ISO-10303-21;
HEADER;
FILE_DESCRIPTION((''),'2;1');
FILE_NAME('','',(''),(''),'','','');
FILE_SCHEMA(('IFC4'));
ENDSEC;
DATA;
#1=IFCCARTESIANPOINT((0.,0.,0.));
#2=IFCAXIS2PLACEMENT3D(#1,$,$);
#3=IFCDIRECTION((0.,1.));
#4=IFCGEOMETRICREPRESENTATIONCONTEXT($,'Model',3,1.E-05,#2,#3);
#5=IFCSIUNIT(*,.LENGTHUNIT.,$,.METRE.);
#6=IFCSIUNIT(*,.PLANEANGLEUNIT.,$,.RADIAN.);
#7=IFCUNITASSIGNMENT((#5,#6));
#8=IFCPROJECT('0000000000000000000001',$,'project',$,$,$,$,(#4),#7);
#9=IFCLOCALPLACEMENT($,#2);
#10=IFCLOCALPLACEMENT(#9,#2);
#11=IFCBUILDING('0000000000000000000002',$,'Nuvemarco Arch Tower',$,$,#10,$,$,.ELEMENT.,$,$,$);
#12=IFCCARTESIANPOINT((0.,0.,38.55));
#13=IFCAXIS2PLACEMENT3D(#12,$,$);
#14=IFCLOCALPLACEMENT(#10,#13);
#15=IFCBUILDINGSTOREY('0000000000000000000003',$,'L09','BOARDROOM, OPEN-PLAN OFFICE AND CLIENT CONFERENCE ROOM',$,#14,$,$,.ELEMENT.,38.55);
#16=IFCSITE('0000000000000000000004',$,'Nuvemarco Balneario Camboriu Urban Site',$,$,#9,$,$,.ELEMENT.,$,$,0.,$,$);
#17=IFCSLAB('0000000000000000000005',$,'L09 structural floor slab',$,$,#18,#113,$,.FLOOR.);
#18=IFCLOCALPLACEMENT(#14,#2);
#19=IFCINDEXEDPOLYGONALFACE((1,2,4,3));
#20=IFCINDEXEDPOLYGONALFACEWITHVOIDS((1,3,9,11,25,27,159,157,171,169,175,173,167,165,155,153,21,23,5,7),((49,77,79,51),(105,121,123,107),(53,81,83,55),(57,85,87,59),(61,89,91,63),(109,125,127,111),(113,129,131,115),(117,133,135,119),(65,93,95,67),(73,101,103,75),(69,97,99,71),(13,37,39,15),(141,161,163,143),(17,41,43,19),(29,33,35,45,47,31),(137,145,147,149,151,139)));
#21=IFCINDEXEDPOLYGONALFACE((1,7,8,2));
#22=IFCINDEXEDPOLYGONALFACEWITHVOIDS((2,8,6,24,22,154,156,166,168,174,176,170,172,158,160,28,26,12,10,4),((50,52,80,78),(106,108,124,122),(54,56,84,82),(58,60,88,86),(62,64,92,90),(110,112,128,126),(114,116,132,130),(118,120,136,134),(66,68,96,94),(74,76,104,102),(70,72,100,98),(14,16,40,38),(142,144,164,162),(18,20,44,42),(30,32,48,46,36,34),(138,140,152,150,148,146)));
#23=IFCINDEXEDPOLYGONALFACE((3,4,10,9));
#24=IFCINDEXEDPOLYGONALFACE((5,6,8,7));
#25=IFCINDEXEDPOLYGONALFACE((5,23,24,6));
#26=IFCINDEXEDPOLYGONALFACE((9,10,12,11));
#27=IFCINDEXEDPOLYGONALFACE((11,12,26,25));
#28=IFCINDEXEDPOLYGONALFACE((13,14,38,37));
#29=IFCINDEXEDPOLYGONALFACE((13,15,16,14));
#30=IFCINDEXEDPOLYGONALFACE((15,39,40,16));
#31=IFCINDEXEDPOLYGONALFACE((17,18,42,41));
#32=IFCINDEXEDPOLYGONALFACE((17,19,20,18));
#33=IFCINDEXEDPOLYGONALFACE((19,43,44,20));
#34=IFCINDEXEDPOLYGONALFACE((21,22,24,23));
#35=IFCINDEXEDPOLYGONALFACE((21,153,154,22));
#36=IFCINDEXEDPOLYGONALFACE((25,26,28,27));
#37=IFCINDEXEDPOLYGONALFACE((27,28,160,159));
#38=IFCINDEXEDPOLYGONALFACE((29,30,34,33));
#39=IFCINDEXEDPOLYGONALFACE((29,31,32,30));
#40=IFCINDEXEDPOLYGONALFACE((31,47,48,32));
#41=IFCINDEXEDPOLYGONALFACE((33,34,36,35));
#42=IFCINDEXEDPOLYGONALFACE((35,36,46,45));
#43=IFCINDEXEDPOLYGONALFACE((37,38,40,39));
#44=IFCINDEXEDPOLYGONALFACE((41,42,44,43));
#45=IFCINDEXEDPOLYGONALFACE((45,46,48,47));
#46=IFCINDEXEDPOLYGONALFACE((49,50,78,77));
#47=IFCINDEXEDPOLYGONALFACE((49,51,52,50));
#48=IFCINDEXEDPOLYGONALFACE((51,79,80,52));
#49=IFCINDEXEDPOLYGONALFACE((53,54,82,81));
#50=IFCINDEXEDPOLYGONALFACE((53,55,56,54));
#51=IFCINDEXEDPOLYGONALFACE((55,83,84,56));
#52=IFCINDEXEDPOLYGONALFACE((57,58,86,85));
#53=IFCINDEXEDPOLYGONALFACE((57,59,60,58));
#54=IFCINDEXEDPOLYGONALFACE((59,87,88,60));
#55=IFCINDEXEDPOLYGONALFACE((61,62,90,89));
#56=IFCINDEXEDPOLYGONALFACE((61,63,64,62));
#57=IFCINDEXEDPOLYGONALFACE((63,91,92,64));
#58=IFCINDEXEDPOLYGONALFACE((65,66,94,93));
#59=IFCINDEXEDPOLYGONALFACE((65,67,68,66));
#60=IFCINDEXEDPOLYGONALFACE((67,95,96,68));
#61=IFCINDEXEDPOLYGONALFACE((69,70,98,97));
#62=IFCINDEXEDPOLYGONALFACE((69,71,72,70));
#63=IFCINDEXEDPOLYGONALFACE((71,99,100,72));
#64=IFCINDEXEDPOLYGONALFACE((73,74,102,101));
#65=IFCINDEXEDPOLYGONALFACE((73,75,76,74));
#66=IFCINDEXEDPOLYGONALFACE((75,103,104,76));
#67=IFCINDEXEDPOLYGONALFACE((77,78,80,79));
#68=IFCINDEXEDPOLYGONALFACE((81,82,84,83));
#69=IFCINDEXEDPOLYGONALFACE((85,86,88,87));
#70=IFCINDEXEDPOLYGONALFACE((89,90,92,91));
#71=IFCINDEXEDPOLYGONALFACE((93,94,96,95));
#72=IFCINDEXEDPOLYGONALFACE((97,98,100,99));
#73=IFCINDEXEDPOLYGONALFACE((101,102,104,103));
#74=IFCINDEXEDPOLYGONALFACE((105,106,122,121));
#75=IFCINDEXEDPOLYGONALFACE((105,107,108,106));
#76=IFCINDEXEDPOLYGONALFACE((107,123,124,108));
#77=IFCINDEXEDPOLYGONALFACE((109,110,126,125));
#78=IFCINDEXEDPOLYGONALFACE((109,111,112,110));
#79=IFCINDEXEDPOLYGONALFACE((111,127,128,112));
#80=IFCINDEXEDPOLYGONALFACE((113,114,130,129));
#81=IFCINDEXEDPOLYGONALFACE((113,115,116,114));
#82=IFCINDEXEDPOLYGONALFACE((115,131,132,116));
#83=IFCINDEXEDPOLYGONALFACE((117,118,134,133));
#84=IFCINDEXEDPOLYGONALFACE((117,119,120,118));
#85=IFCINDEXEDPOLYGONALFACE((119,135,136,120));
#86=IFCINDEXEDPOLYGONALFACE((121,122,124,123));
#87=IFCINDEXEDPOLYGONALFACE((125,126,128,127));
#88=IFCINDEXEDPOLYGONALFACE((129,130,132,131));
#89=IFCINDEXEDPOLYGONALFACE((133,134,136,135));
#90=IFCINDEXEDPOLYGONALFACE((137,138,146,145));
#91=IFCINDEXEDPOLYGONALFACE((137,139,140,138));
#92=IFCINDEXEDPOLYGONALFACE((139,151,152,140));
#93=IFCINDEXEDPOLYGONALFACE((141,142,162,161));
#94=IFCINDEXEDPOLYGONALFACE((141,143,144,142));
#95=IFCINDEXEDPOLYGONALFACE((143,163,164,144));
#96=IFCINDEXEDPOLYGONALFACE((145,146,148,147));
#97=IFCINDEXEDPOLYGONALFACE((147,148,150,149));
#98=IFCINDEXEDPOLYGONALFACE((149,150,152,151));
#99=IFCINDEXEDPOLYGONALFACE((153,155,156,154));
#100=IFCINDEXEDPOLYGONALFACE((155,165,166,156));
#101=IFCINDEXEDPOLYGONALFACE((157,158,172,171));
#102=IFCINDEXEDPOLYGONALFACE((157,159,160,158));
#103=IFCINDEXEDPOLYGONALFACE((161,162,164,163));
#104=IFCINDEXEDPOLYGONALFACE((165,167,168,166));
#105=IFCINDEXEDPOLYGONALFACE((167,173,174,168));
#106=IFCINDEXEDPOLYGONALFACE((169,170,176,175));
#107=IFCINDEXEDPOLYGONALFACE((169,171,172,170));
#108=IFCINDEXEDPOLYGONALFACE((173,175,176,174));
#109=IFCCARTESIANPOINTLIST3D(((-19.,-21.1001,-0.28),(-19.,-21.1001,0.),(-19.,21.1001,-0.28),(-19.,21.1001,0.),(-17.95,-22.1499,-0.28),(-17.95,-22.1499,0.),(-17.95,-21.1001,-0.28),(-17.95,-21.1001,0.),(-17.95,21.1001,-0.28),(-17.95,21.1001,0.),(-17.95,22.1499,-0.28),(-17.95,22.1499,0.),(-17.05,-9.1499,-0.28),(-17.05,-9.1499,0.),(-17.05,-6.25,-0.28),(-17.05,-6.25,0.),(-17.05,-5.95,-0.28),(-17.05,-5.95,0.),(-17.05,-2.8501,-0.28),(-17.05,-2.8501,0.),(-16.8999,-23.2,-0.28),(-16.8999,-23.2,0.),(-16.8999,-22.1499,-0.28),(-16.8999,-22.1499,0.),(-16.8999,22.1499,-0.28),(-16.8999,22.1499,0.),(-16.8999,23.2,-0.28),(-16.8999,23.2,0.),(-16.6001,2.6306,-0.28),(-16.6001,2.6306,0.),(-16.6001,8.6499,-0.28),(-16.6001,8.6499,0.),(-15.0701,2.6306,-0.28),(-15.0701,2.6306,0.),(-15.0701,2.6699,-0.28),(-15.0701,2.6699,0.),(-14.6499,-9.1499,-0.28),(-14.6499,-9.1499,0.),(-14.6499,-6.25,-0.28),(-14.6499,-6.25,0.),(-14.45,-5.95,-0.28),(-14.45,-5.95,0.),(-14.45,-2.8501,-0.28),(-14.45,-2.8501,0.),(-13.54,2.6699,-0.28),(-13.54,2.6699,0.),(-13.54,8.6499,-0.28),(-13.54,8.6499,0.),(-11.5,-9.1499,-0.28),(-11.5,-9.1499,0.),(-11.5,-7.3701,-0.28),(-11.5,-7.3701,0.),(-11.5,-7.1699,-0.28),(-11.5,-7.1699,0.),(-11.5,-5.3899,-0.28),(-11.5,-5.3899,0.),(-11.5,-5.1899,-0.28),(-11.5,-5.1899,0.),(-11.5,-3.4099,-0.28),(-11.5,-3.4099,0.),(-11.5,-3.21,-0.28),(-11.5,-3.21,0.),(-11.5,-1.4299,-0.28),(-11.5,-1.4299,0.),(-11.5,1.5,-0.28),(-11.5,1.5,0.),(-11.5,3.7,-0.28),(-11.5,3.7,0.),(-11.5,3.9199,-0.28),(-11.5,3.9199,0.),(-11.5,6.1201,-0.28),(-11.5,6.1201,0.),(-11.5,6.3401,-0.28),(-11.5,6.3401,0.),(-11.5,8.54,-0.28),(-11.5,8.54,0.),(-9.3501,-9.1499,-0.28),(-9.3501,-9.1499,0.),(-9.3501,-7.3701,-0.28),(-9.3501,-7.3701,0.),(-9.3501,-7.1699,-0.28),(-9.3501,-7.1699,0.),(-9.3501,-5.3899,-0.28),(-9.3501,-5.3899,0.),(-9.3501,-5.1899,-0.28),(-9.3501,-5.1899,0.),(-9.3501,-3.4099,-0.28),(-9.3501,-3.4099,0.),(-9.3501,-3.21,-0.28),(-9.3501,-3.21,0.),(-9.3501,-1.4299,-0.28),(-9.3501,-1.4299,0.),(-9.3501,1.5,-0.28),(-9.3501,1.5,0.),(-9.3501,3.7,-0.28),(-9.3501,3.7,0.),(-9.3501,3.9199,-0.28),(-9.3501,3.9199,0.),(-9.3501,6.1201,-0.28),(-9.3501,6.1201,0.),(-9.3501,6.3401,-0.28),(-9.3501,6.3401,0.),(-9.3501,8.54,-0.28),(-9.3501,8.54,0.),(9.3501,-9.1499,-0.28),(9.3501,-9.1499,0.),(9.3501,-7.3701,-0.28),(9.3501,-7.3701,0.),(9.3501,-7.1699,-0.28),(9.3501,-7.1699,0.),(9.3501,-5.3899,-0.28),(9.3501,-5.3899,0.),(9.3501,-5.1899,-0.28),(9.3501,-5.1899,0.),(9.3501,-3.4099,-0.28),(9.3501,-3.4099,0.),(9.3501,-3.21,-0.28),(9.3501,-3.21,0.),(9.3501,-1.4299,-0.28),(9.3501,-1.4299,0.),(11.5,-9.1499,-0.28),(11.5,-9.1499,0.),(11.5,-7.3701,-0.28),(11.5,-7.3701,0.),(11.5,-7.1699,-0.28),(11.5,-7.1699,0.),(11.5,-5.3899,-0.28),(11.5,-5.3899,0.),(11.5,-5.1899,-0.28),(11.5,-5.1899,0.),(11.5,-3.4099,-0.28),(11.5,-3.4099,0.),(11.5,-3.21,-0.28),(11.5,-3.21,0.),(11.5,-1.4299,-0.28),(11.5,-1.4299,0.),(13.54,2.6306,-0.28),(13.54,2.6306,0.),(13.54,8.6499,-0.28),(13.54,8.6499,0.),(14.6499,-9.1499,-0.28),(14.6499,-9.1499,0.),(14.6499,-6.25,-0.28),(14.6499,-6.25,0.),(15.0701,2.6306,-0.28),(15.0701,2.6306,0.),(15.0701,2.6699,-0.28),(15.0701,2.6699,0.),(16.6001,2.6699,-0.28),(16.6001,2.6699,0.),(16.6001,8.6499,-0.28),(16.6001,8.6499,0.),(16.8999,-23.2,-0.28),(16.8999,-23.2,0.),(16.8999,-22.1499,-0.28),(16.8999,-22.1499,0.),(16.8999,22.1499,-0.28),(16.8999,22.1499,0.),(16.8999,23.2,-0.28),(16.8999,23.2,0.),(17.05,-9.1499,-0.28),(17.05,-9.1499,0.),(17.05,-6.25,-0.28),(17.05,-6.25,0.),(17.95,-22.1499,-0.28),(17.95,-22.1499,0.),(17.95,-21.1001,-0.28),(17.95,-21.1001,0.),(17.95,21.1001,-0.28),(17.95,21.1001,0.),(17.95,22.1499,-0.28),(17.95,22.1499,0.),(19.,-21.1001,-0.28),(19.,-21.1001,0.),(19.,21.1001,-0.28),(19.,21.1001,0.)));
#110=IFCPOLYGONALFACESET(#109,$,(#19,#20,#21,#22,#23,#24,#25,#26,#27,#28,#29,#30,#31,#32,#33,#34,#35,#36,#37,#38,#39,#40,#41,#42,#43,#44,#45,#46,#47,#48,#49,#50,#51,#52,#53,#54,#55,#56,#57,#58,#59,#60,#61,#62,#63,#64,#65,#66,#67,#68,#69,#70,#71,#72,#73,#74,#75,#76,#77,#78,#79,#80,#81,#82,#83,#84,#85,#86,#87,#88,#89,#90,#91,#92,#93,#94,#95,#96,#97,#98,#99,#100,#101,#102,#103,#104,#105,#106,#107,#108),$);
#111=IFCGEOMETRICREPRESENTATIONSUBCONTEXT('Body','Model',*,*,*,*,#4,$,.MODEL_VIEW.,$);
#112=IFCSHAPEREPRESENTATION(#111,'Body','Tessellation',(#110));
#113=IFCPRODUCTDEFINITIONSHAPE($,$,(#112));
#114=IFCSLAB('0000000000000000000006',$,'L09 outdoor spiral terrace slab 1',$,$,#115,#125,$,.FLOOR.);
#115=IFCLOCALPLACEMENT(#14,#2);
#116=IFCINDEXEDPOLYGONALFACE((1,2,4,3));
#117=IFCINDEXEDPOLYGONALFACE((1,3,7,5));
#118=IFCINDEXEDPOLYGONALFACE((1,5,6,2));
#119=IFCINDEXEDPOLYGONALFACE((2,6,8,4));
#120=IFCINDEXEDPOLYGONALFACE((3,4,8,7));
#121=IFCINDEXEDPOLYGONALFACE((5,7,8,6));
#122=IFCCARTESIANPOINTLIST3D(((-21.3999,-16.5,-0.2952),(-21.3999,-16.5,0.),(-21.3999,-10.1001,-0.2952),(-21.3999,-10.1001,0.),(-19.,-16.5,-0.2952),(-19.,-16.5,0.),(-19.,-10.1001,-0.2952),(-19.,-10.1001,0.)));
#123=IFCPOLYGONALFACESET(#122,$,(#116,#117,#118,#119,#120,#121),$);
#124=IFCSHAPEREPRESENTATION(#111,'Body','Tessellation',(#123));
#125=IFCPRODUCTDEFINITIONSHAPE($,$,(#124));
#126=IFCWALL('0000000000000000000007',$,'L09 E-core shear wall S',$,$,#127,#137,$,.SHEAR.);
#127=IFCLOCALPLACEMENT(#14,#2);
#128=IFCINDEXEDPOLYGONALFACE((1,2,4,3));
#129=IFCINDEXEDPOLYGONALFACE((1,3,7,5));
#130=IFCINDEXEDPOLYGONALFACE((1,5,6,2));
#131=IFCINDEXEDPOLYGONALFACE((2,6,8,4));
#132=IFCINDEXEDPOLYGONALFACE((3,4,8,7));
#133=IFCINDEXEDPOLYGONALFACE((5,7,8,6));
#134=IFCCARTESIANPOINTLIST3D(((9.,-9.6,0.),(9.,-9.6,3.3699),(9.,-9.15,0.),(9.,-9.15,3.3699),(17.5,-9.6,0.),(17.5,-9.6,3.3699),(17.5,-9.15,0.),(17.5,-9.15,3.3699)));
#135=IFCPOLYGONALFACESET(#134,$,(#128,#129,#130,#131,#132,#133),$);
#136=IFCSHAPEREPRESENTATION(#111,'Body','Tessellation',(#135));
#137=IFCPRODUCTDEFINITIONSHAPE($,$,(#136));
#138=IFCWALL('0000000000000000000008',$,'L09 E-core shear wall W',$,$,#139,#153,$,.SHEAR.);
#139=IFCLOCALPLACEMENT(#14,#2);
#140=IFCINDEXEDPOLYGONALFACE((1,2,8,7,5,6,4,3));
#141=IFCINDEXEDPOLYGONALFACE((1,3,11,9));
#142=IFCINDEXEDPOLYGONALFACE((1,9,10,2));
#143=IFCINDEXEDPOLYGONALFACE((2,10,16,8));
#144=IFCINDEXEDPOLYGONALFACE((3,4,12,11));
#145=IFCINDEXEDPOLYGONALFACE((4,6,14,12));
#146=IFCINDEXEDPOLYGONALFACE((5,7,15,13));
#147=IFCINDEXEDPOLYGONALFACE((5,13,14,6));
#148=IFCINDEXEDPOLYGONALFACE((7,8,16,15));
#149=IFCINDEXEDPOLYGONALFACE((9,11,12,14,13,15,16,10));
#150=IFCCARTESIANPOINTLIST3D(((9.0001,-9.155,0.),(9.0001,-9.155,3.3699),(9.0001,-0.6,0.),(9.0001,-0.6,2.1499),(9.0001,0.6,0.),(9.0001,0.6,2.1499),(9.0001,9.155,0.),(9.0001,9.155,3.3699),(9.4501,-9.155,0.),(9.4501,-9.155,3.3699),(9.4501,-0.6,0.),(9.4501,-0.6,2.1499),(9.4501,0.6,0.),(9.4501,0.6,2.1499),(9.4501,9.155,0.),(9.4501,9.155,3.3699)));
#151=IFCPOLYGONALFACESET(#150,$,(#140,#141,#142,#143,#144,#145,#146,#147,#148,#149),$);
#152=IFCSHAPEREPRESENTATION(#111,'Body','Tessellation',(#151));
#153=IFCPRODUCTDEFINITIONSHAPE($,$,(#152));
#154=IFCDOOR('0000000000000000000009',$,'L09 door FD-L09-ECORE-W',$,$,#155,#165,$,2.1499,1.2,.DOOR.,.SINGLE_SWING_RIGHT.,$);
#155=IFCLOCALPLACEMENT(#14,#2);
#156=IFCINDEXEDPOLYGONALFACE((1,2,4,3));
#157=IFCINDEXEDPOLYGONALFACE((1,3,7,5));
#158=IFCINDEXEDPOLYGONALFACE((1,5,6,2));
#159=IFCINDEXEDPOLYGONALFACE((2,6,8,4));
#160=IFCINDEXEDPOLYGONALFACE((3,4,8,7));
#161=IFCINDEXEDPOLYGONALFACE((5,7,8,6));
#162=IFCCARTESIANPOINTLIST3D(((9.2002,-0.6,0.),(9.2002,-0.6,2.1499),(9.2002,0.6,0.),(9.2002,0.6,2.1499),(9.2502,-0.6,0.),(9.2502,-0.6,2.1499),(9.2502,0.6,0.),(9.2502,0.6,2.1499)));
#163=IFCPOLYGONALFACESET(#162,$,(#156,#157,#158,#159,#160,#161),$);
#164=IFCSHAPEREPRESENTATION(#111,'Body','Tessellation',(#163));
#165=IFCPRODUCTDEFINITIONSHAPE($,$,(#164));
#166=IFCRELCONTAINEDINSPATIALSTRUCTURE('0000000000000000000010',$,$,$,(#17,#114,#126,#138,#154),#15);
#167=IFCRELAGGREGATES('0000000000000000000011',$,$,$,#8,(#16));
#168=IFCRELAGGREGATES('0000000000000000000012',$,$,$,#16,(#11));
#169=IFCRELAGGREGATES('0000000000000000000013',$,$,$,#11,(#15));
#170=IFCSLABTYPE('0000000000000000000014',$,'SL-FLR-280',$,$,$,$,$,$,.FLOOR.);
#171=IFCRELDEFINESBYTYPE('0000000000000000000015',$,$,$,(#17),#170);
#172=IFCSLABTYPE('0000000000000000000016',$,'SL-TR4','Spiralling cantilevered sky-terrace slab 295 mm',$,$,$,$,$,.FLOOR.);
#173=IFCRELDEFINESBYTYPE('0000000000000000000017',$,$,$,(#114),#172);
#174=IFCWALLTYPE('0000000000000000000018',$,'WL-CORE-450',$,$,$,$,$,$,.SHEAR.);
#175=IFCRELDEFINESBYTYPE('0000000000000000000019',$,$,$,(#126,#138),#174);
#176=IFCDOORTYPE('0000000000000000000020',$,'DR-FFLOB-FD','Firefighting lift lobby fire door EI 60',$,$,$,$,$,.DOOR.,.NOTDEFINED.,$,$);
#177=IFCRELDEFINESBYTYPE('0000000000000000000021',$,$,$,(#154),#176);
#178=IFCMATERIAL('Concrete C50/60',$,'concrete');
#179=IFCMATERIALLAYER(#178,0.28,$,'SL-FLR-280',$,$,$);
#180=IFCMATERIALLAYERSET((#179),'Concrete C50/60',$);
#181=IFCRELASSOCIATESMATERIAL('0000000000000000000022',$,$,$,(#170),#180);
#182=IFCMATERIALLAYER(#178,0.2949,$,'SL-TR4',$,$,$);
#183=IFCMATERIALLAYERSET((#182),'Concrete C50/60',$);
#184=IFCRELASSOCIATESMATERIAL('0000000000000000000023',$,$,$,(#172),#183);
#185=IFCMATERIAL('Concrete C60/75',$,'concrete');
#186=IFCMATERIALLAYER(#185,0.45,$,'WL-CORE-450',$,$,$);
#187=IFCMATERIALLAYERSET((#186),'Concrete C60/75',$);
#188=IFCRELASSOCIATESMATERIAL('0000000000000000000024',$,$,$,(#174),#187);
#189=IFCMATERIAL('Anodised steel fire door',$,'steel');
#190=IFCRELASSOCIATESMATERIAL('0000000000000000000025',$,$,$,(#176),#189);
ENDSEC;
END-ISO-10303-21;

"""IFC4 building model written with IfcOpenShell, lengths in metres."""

from ifc_helpers import new_model, si_unit, direction, frame, frame_2d, origin, place, context, subcontext, project, spatial, polyline, rectangle, outline, extrude, source, transform, mapped, material, layer, layer_set, type_object, type_shapes, element, fill, save


model = new_model("IFC4")

# Units and contexts
model_context = context("Model", 3, precision=1e-05, world=origin(), true_north=direction((0.0, 1.0)))
body_context = subcontext(model_context, "Body", "Model", "MODEL_VIEW")
ifc_project = project(units=[si_unit("LENGTHUNIT", "METRE"), si_unit("PLANEANGLEUNIT", "RADIAN")], contexts=[model_context])

# Site, building, storey
site_placement = place(None, origin())
site = spatial("IfcSite", under=ifc_project, at=site_placement, Name="Nuvemarco Balneario Camboriu Urban Site", CompositionType="ELEMENT", RefElevation=0.0)
building_placement = place(site_placement, origin())
building = spatial("IfcBuilding", under=site, at=building_placement, Name="Nuvemarco Arch Tower", CompositionType="ELEMENT")
storey_placement = place(building_placement, frame((0.0, 0.0, 38.55)))
storey = spatial("IfcBuildingStorey", under=building, at=storey_placement, Name="L09", Description="BOARDROOM, OPEN-PLAN OFFICE AND CLIENT CONFERENCE ROOM", CompositionType="ELEMENT", Elevation=38.55)

# Shared definitions
ifc_material_1 = material(Name="Concrete C60/75", Category="concrete")

# Slabs
ifc_material_2 = material(Name="Concrete C50/60", Category="concrete")
ifc_layer_1 = layer(ifc_material_2, 0.28, Name="SL-FLR-280")
ifc_layer_set_1 = layer_set([ifc_layer_1], Name="Concrete C50/60")
slab_type_1 = type_object("IfcSlabType", Name="SL-FLR-280", PredefinedType="FLOOR", material=ifc_layer_set_1)
slab_1_placement = place(storey_placement, frame((0.0, 0.0, -0.28)))
element("IfcSlab", 1, at=slab_1_placement, inside=storey, type_object=slab_type_1, Name="L09 structural floor slab", PredefinedType="FLOOR", context=body_context, shape_type="SweptSolid", body=[
    extrude(outline(polyline([(-16.8999, -23.2), (16.8999, -23.2), (16.8999, -22.1499), (17.95, -22.1499), (17.95, -21.1001), (19.0, -21.1001), (19.0, 21.1001), (17.95, 21.1001), (17.95, 22.1499), (16.8999, 22.1499), (16.8999, 23.2), (-16.8999, 23.2), (-16.8999, 22.1499), (-17.95, 22.1499), (-17.95, 21.1001), (-19.0, 21.1001), (-19.0, -21.1001), (-17.95, -21.1001), (-17.95, -22.1499), (-16.8999, -22.1499), (-16.8999, -23.2)]), holes=[polyline([(-13.54, 2.6699), (-13.54, 8.6499), (-16.6001, 8.6499), (-16.6001, 2.6306), (-15.0701, 2.6306), (-15.0701, 2.6699), (-13.54, 2.6699)]), polyline([(16.6001, 2.6699), (16.6001, 8.6499), (13.54, 8.6499), (13.54, 2.6306), (15.0701, 2.6306), (15.0701, 2.6699), (16.6001, 2.6699)]), polyline([(-17.05, -9.1499), (-14.6499, -9.1499), (-14.6499, -6.25), (-17.05, -6.25), (-17.05, -9.1499)]), polyline([(-17.05, -5.95), (-14.45, -5.95), (-14.45, -2.8501), (-17.05, -2.8501), (-17.05, -5.95)]), polyline([(-11.5, -9.1499), (-9.3501, -9.1499), (-9.3501, -7.3701), (-11.5, -7.3701), (-11.5, -9.1499)]), polyline([(-11.5, -7.1699), (-9.3501, -7.1699), (-9.3501, -5.3899), (-11.5, -5.3899), (-11.5, -7.1699)]), polyline([(-11.5, -5.1899), (-9.3501, -5.1899), (-9.3501, -3.4099), (-11.5, -3.4099), (-11.5, -5.1899)]), polyline([(-11.5, -3.21), (-9.3501, -3.21), (-9.3501, -1.4299), (-11.5, -1.4299), (-11.5, -3.21)]), polyline([(-11.5, 1.5), (-9.3501, 1.5), (-9.3501, 3.7), (-11.5, 3.7), (-11.5, 1.5)]), polyline([(-11.5, 3.9199), (-9.3501, 3.9199), (-9.3501, 6.1201), (-11.5, 6.1201), (-11.5, 3.9199)]), polyline([(-11.5, 6.3401), (-9.3501, 6.3401), (-9.3501, 8.54), (-11.5, 8.54), (-11.5, 6.3401)]), polyline([(14.6499, -9.1499), (17.05, -9.1499), (17.05, -6.25), (14.6499, -6.25), (14.6499, -9.1499)]), polyline([(9.3501, -9.1499), (11.5, -9.1499), (11.5, -7.3701), (9.3501, -7.3701), (9.3501, -9.1499)]), polyline([(9.3501, -7.1699), (11.5, -7.1699), (11.5, -5.3899), (9.3501, -5.3899), (9.3501, -7.1699)]), polyline([(9.3501, -5.1899), (11.5, -5.1899), (11.5, -3.4099), (9.3501, -3.4099), (9.3501, -5.1899)]), polyline([(9.3501, -3.21), (11.5, -3.21), (11.5, -1.4299), (9.3501, -1.4299), (9.3501, -3.21)])]), origin(), (0.0, 0.0, 1.0), 0.28),
])
ifc_layer_2 = layer(ifc_material_2, 0.2949, Name="SL-TR4")
ifc_layer_set_2 = layer_set([ifc_layer_2], Name="Concrete C50/60")
slab_type_2 = type_object("IfcSlabType", Name="SL-TR4", Description="Spiralling cantilevered sky-terrace slab 295 mm", PredefinedType="FLOOR", material=ifc_layer_set_2)
slab_2_placement = place(storey_placement, frame((0.0, 0.0, -0.2952)))
element("IfcSlab", 2, at=slab_2_placement, inside=storey, type_object=slab_type_2, Name="L09 outdoor spiral terrace slab 1", PredefinedType="FLOOR", context=body_context, shape_type="SweptSolid", body=[
    extrude(outline(polyline([(-21.3999, -16.5), (-19.0, -16.5), (-19.0, -10.1001), (-21.3999, -10.1001), (-21.3999, -16.5)])), origin(), (0.0, 0.0, 1.0), 0.2952),
])

# Wall
ifc_layer_3 = layer(ifc_material_1, 0.45, Name="WL-CORE-450")
ifc_layer_set_3 = layer_set([ifc_layer_3], Name="Concrete C60/75")
wall_type_1 = type_object("IfcWallType", Name="WL-CORE-450", PredefinedType="SHEAR", material=ifc_layer_set_3)
wall_1_placement = place(storey_placement, frame((9.0, -9.375, 0.0), z_axis=(0.0, 0.0, 1.0), x_axis=(1.0, 0.0, 0.0)))
element("IfcWall", 3, at=wall_1_placement, inside=storey, type_object=wall_type_1, Name="L09 E-core shear wall S", PredefinedType="SHEAR", context=body_context, shape_type="SweptSolid", body=[
    extrude(rectangle(XDim=8.5, YDim=0.45, at=frame_2d((4.25, 0.0))), origin(), (0.0, 0.0, 1.0), 3.3699),
])

# Wall, opening, door
wall_2_placement = place(storey_placement, frame((9.2251, -9.155, 0.0), z_axis=(0.0, 0.0, 1.0), x_axis=(0.0, 1.0, 0.0)))
wall_2 = element("IfcWall", 4, at=wall_2_placement, inside=storey, type_object=wall_type_1, Name="L09 E-core shear wall W", PredefinedType="SHEAR", context=body_context, shape_type="SweptSolid", body=[
    extrude(rectangle(XDim=18.3101, YDim=0.45, at=frame_2d((9.155, 0.0))), origin(), (0.0, 0.0, 1.0), 3.3699),
])
opening_placement = place(wall_2_placement, frame((8.5549, 0.0, 0.0)))
opening = element("IfcOpeningElement", 5, at=opening_placement, cuts=wall_2, PredefinedType="OPENING", context=body_context, shape_type="SweptSolid", body=[
    extrude(rectangle(XDim=1.2, YDim=2.1499, at=frame_2d((0.6001, 1.075))), frame((0.0, 0.2349, 0.0), z_axis=(0.0, -1.0, 0.0), x_axis=(1.0, 0.0, 0.0)), (0.0, 0.0, 1.0), 0.47),
])
ifc_material_3 = material(Name="Anodised steel fire door", Category="steel")
door_type = type_object("IfcDoorType", Name="DR-FFLOB-FD", Description="Firefighting lift lobby fire door EI 60", OperationType="NOTDEFINED", PredefinedType="DOOR", material=ifc_material_3)
shared_shape = source(origin(), body_context, "Body", "SweptSolid", [
    extrude(rectangle(XDim=1.2, YDim=2.1499, at=frame_2d((0.6001, 1.075))), frame((0.0, 0.0249, 0.0), z_axis=(0.0, -1.0, 0.0), x_axis=(1.0, 0.0, 0.0)), (0.0, 0.0, 1.0), 0.05),
])
type_shapes(door_type, [shared_shape])
door_placement = place(opening_placement, origin())
door = element("IfcDoor", 6, at=door_placement, inside=storey, type_object=door_type, Name="L09 door FD-L09-ECORE-W", OperationType="SINGLE_SWING_RIGHT", OverallHeight=2.1499, OverallWidth=1.2, PredefinedType="DOOR", context=body_context, shape_type="MappedRepresentation", body=[
    mapped(shared_shape, transform((0.0, 0.0, 0.0), scale=1.0)),
])
fill(opening, door)

save(model, "model.ifc")
